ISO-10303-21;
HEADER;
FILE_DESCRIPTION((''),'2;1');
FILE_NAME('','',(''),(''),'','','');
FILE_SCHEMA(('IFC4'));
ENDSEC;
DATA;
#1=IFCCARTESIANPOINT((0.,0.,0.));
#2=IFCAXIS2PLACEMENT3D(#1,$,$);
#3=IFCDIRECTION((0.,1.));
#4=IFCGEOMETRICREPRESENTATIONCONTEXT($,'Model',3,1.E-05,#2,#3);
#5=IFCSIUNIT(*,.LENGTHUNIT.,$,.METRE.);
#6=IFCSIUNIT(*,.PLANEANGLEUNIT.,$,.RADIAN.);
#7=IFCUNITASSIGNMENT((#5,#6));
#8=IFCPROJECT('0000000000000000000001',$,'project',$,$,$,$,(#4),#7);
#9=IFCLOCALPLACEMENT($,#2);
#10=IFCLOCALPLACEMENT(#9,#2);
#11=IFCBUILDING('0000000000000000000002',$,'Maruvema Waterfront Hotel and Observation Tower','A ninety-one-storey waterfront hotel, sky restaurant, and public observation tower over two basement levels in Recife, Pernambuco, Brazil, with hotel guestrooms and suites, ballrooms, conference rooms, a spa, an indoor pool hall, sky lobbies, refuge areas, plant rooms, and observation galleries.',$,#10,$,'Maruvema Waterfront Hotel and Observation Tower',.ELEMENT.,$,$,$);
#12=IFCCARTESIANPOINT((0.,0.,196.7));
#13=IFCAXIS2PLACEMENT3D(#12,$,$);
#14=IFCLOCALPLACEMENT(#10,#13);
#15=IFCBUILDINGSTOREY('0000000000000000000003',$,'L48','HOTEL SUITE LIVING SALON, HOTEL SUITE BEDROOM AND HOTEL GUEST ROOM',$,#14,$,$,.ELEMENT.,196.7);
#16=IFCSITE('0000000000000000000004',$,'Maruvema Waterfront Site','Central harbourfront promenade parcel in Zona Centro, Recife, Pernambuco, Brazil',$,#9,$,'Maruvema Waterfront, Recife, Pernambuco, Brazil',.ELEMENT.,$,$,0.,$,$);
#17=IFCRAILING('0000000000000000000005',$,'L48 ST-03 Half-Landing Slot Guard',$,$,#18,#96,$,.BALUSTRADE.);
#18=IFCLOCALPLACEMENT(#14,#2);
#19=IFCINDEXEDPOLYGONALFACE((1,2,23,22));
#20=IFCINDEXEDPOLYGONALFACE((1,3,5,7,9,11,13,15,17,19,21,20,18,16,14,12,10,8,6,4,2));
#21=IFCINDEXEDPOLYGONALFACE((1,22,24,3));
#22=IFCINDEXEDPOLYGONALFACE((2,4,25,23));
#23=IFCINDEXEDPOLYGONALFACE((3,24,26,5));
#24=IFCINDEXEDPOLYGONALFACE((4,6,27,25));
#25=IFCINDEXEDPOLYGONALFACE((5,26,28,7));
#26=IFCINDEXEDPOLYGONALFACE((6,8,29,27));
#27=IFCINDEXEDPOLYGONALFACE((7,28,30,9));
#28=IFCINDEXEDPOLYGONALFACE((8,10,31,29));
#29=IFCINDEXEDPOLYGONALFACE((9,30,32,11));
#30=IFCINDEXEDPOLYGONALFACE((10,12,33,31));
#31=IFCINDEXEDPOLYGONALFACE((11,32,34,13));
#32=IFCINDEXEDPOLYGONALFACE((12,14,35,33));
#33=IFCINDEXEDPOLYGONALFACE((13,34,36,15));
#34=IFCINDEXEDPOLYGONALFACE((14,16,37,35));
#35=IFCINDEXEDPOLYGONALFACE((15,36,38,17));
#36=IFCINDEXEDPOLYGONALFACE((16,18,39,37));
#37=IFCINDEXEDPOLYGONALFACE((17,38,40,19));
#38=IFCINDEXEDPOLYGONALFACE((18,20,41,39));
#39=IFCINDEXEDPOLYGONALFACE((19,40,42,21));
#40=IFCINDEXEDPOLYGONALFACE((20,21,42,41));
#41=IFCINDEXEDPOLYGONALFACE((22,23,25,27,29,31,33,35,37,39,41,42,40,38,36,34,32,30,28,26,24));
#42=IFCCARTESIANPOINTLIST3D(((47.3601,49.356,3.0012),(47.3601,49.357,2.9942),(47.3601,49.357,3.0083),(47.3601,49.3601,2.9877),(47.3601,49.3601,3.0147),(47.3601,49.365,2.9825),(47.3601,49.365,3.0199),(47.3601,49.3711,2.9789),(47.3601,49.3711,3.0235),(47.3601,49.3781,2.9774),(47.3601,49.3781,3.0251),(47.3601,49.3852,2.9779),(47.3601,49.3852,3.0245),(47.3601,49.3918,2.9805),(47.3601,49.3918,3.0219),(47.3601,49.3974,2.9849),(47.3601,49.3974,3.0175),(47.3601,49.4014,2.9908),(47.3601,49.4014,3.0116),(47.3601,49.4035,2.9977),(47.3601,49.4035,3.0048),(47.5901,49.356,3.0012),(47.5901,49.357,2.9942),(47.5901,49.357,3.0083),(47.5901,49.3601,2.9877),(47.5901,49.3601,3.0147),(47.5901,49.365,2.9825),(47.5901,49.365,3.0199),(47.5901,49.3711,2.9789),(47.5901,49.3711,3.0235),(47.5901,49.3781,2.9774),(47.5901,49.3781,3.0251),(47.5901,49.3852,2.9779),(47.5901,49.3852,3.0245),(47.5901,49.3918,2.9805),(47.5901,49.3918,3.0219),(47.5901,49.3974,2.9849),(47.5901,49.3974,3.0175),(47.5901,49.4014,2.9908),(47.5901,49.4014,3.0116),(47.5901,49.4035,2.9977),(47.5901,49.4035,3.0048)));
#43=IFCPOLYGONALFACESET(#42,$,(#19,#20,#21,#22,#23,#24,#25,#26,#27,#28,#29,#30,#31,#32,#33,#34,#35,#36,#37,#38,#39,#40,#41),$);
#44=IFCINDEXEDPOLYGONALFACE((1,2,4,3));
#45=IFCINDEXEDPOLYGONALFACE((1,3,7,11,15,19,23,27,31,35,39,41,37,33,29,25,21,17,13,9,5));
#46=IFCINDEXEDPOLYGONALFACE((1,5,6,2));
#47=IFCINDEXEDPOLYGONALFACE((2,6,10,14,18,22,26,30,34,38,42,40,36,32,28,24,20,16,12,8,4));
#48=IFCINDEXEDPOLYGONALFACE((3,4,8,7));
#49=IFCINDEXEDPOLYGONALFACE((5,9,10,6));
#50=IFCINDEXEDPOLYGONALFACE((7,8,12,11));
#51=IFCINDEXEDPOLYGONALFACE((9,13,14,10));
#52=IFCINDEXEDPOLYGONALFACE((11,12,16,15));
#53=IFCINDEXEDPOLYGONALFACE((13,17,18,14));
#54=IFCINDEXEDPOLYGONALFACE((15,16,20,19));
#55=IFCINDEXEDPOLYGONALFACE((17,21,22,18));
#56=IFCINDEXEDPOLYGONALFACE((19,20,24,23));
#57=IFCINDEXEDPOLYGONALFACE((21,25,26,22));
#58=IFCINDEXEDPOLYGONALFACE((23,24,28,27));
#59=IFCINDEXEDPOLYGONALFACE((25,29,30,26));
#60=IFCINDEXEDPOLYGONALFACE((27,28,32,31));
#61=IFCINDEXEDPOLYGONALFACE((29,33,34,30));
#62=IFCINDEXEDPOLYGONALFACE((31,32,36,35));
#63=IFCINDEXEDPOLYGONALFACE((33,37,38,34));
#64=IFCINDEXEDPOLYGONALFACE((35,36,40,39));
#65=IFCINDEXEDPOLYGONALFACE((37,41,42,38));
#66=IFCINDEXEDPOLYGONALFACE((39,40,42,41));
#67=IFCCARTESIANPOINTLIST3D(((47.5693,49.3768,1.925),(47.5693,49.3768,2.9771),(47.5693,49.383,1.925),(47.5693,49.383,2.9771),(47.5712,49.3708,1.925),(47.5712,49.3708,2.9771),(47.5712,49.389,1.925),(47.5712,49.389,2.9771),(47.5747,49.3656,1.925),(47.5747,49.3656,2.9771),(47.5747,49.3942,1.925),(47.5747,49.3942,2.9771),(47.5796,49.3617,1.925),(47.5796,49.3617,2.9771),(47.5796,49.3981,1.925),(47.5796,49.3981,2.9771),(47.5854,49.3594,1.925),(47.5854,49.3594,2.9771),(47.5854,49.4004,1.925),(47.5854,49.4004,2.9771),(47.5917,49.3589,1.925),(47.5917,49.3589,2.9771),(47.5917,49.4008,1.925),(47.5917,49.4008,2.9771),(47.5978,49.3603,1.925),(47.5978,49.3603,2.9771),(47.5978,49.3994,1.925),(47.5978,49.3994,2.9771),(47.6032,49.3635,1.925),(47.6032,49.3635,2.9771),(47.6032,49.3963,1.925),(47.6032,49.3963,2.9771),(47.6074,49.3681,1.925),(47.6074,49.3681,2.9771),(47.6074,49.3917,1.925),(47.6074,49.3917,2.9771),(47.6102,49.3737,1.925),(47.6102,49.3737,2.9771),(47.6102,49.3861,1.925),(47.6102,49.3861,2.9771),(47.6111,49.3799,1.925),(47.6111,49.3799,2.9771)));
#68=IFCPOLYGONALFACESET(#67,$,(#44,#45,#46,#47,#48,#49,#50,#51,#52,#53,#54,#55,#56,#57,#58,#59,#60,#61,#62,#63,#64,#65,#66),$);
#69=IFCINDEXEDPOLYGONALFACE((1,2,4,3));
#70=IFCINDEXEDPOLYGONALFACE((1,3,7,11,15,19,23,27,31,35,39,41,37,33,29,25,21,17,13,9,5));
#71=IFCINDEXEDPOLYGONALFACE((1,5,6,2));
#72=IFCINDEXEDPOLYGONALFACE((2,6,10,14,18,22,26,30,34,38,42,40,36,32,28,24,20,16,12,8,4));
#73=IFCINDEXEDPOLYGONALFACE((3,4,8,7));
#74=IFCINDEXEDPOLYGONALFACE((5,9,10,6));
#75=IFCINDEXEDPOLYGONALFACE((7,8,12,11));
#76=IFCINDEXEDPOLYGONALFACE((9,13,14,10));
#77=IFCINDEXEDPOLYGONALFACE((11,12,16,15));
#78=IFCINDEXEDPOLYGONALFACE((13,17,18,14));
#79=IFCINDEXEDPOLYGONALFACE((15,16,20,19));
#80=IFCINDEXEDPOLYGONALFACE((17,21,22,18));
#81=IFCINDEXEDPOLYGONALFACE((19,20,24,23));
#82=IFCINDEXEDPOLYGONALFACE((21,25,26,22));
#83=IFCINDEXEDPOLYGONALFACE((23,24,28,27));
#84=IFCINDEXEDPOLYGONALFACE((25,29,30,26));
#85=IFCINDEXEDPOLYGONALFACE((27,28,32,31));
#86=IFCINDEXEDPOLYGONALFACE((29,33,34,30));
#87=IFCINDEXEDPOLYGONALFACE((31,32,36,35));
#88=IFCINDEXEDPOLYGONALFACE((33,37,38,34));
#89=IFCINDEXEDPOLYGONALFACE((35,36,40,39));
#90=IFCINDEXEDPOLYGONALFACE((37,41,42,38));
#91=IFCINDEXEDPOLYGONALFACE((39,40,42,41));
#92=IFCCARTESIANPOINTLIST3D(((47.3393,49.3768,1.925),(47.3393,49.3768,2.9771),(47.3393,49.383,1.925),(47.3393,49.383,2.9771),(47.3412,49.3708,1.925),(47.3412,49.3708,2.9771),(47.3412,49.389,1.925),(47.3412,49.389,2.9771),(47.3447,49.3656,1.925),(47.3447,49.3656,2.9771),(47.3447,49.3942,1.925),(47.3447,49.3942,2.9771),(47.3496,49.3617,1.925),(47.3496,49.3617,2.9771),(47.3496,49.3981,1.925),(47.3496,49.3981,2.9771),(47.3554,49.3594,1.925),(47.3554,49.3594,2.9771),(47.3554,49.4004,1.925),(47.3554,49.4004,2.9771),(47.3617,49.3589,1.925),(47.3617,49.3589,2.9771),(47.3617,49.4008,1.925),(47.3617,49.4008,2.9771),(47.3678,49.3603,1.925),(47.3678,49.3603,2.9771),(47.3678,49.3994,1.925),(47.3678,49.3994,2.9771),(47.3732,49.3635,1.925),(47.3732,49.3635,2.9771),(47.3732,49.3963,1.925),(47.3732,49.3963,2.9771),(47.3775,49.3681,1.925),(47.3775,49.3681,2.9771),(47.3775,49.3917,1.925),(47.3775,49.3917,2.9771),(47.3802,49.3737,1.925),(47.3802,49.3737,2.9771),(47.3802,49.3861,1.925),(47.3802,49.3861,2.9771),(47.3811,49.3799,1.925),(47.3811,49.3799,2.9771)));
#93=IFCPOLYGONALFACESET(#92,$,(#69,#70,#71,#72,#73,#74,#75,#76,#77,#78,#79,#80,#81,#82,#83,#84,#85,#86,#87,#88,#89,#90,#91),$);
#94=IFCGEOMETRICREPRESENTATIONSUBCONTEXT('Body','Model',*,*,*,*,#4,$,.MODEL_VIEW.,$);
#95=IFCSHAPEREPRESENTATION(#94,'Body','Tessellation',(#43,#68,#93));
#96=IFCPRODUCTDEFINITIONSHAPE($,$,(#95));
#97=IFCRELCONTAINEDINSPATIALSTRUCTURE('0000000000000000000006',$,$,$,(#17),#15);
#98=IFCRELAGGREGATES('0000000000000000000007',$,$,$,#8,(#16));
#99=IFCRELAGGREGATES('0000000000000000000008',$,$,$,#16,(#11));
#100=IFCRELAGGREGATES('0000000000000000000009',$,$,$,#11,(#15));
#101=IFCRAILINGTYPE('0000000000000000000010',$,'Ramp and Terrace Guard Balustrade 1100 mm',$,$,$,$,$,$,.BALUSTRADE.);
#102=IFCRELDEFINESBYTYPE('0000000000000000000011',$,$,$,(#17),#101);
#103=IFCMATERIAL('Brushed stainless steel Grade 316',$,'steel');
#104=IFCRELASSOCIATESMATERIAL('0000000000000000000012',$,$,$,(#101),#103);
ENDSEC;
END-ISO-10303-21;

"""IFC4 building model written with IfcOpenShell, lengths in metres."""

from ifc_helpers import new_model, si_unit, direction, frame, origin, origin_2d, place, context, subcontext, project, spatial, circle, extrude, material, type_object, element, save


model = new_model("IFC4")

# Units and contexts
model_context = context("Model", 3, precision=1e-05, world=origin(), true_north=direction((0.0, 1.0)))
body_context = subcontext(model_context, "Body", "Model", "MODEL_VIEW")
ifc_project = project(units=[si_unit("LENGTHUNIT", "METRE"), si_unit("PLANEANGLEUNIT", "RADIAN")], contexts=[model_context])

# Site, building, storey
site_placement = place(None, origin())
site = spatial("IfcSite", under=ifc_project, at=site_placement, Name="Maruvema Waterfront Site", Description="Central harbourfront promenade parcel in Zona Centro, Recife, Pernambuco, Brazil", LongName="Maruvema Waterfront, Recife, Pernambuco, Brazil", CompositionType="ELEMENT", RefElevation=0.0)
building_placement = place(site_placement, origin())
building = spatial("IfcBuilding", under=site, at=building_placement, Name="Maruvema Waterfront Hotel and Observation Tower", Description="A ninety-one-storey waterfront hotel, sky restaurant, and public observation tower over two basement levels in Recife, Pernambuco, Brazil, with hotel guestrooms and suites, ballrooms, conference rooms, a spa, an indoor pool hall, sky lobbies, refuge areas, plant rooms, and observation galleries.", LongName="Maruvema Waterfront Hotel and Observation Tower", CompositionType="ELEMENT")
storey_placement = place(building_placement, frame((0.0, 0.0, 196.7)))
storey = spatial("IfcBuildingStorey", under=building, at=storey_placement, Name="L48", Description="HOTEL SUITE LIVING SALON, HOTEL SUITE BEDROOM AND HOTEL GUEST ROOM", CompositionType="ELEMENT", Elevation=196.7)

# Railing
ifc_material_1 = material(Name="Brushed stainless steel Grade 316", Category="steel")
railing_type = type_object("IfcRailingType", Name="Ramp and Terrace Guard Balustrade 1100 mm", PredefinedType="BALUSTRADE", material=ifc_material_1)
railing_1_placement = place(storey_placement, frame((47.5901, 49.3799, 1.925)))
element("IfcRailing", 1, at=railing_1_placement, inside=storey, type_object=railing_type, Name="L48 ST-03 Half-Landing Slot Guard", PredefinedType="BALUSTRADE", context=body_context, shape_type="SweptSolid", body=[
    extrude(circle(Radius=0.0239, at=origin_2d()), frame((0.0, 0.0, 1.0762), z_axis=(-1.0, 0.0, 0.0), x_axis=(0.0, -1.0, 0.0)), (0.0, 0.0, 1.0), 0.23),
    extrude(circle(Radius=0.021, at=origin_2d()), origin(), (0.0, 0.0, 1.0), 1.052),
    extrude(circle(Radius=0.021, at=origin_2d()), frame((-0.23, 0.0, 0.0)), (0.0, 0.0, 1.0), 1.052),
])

save(model, "model.ifc")
